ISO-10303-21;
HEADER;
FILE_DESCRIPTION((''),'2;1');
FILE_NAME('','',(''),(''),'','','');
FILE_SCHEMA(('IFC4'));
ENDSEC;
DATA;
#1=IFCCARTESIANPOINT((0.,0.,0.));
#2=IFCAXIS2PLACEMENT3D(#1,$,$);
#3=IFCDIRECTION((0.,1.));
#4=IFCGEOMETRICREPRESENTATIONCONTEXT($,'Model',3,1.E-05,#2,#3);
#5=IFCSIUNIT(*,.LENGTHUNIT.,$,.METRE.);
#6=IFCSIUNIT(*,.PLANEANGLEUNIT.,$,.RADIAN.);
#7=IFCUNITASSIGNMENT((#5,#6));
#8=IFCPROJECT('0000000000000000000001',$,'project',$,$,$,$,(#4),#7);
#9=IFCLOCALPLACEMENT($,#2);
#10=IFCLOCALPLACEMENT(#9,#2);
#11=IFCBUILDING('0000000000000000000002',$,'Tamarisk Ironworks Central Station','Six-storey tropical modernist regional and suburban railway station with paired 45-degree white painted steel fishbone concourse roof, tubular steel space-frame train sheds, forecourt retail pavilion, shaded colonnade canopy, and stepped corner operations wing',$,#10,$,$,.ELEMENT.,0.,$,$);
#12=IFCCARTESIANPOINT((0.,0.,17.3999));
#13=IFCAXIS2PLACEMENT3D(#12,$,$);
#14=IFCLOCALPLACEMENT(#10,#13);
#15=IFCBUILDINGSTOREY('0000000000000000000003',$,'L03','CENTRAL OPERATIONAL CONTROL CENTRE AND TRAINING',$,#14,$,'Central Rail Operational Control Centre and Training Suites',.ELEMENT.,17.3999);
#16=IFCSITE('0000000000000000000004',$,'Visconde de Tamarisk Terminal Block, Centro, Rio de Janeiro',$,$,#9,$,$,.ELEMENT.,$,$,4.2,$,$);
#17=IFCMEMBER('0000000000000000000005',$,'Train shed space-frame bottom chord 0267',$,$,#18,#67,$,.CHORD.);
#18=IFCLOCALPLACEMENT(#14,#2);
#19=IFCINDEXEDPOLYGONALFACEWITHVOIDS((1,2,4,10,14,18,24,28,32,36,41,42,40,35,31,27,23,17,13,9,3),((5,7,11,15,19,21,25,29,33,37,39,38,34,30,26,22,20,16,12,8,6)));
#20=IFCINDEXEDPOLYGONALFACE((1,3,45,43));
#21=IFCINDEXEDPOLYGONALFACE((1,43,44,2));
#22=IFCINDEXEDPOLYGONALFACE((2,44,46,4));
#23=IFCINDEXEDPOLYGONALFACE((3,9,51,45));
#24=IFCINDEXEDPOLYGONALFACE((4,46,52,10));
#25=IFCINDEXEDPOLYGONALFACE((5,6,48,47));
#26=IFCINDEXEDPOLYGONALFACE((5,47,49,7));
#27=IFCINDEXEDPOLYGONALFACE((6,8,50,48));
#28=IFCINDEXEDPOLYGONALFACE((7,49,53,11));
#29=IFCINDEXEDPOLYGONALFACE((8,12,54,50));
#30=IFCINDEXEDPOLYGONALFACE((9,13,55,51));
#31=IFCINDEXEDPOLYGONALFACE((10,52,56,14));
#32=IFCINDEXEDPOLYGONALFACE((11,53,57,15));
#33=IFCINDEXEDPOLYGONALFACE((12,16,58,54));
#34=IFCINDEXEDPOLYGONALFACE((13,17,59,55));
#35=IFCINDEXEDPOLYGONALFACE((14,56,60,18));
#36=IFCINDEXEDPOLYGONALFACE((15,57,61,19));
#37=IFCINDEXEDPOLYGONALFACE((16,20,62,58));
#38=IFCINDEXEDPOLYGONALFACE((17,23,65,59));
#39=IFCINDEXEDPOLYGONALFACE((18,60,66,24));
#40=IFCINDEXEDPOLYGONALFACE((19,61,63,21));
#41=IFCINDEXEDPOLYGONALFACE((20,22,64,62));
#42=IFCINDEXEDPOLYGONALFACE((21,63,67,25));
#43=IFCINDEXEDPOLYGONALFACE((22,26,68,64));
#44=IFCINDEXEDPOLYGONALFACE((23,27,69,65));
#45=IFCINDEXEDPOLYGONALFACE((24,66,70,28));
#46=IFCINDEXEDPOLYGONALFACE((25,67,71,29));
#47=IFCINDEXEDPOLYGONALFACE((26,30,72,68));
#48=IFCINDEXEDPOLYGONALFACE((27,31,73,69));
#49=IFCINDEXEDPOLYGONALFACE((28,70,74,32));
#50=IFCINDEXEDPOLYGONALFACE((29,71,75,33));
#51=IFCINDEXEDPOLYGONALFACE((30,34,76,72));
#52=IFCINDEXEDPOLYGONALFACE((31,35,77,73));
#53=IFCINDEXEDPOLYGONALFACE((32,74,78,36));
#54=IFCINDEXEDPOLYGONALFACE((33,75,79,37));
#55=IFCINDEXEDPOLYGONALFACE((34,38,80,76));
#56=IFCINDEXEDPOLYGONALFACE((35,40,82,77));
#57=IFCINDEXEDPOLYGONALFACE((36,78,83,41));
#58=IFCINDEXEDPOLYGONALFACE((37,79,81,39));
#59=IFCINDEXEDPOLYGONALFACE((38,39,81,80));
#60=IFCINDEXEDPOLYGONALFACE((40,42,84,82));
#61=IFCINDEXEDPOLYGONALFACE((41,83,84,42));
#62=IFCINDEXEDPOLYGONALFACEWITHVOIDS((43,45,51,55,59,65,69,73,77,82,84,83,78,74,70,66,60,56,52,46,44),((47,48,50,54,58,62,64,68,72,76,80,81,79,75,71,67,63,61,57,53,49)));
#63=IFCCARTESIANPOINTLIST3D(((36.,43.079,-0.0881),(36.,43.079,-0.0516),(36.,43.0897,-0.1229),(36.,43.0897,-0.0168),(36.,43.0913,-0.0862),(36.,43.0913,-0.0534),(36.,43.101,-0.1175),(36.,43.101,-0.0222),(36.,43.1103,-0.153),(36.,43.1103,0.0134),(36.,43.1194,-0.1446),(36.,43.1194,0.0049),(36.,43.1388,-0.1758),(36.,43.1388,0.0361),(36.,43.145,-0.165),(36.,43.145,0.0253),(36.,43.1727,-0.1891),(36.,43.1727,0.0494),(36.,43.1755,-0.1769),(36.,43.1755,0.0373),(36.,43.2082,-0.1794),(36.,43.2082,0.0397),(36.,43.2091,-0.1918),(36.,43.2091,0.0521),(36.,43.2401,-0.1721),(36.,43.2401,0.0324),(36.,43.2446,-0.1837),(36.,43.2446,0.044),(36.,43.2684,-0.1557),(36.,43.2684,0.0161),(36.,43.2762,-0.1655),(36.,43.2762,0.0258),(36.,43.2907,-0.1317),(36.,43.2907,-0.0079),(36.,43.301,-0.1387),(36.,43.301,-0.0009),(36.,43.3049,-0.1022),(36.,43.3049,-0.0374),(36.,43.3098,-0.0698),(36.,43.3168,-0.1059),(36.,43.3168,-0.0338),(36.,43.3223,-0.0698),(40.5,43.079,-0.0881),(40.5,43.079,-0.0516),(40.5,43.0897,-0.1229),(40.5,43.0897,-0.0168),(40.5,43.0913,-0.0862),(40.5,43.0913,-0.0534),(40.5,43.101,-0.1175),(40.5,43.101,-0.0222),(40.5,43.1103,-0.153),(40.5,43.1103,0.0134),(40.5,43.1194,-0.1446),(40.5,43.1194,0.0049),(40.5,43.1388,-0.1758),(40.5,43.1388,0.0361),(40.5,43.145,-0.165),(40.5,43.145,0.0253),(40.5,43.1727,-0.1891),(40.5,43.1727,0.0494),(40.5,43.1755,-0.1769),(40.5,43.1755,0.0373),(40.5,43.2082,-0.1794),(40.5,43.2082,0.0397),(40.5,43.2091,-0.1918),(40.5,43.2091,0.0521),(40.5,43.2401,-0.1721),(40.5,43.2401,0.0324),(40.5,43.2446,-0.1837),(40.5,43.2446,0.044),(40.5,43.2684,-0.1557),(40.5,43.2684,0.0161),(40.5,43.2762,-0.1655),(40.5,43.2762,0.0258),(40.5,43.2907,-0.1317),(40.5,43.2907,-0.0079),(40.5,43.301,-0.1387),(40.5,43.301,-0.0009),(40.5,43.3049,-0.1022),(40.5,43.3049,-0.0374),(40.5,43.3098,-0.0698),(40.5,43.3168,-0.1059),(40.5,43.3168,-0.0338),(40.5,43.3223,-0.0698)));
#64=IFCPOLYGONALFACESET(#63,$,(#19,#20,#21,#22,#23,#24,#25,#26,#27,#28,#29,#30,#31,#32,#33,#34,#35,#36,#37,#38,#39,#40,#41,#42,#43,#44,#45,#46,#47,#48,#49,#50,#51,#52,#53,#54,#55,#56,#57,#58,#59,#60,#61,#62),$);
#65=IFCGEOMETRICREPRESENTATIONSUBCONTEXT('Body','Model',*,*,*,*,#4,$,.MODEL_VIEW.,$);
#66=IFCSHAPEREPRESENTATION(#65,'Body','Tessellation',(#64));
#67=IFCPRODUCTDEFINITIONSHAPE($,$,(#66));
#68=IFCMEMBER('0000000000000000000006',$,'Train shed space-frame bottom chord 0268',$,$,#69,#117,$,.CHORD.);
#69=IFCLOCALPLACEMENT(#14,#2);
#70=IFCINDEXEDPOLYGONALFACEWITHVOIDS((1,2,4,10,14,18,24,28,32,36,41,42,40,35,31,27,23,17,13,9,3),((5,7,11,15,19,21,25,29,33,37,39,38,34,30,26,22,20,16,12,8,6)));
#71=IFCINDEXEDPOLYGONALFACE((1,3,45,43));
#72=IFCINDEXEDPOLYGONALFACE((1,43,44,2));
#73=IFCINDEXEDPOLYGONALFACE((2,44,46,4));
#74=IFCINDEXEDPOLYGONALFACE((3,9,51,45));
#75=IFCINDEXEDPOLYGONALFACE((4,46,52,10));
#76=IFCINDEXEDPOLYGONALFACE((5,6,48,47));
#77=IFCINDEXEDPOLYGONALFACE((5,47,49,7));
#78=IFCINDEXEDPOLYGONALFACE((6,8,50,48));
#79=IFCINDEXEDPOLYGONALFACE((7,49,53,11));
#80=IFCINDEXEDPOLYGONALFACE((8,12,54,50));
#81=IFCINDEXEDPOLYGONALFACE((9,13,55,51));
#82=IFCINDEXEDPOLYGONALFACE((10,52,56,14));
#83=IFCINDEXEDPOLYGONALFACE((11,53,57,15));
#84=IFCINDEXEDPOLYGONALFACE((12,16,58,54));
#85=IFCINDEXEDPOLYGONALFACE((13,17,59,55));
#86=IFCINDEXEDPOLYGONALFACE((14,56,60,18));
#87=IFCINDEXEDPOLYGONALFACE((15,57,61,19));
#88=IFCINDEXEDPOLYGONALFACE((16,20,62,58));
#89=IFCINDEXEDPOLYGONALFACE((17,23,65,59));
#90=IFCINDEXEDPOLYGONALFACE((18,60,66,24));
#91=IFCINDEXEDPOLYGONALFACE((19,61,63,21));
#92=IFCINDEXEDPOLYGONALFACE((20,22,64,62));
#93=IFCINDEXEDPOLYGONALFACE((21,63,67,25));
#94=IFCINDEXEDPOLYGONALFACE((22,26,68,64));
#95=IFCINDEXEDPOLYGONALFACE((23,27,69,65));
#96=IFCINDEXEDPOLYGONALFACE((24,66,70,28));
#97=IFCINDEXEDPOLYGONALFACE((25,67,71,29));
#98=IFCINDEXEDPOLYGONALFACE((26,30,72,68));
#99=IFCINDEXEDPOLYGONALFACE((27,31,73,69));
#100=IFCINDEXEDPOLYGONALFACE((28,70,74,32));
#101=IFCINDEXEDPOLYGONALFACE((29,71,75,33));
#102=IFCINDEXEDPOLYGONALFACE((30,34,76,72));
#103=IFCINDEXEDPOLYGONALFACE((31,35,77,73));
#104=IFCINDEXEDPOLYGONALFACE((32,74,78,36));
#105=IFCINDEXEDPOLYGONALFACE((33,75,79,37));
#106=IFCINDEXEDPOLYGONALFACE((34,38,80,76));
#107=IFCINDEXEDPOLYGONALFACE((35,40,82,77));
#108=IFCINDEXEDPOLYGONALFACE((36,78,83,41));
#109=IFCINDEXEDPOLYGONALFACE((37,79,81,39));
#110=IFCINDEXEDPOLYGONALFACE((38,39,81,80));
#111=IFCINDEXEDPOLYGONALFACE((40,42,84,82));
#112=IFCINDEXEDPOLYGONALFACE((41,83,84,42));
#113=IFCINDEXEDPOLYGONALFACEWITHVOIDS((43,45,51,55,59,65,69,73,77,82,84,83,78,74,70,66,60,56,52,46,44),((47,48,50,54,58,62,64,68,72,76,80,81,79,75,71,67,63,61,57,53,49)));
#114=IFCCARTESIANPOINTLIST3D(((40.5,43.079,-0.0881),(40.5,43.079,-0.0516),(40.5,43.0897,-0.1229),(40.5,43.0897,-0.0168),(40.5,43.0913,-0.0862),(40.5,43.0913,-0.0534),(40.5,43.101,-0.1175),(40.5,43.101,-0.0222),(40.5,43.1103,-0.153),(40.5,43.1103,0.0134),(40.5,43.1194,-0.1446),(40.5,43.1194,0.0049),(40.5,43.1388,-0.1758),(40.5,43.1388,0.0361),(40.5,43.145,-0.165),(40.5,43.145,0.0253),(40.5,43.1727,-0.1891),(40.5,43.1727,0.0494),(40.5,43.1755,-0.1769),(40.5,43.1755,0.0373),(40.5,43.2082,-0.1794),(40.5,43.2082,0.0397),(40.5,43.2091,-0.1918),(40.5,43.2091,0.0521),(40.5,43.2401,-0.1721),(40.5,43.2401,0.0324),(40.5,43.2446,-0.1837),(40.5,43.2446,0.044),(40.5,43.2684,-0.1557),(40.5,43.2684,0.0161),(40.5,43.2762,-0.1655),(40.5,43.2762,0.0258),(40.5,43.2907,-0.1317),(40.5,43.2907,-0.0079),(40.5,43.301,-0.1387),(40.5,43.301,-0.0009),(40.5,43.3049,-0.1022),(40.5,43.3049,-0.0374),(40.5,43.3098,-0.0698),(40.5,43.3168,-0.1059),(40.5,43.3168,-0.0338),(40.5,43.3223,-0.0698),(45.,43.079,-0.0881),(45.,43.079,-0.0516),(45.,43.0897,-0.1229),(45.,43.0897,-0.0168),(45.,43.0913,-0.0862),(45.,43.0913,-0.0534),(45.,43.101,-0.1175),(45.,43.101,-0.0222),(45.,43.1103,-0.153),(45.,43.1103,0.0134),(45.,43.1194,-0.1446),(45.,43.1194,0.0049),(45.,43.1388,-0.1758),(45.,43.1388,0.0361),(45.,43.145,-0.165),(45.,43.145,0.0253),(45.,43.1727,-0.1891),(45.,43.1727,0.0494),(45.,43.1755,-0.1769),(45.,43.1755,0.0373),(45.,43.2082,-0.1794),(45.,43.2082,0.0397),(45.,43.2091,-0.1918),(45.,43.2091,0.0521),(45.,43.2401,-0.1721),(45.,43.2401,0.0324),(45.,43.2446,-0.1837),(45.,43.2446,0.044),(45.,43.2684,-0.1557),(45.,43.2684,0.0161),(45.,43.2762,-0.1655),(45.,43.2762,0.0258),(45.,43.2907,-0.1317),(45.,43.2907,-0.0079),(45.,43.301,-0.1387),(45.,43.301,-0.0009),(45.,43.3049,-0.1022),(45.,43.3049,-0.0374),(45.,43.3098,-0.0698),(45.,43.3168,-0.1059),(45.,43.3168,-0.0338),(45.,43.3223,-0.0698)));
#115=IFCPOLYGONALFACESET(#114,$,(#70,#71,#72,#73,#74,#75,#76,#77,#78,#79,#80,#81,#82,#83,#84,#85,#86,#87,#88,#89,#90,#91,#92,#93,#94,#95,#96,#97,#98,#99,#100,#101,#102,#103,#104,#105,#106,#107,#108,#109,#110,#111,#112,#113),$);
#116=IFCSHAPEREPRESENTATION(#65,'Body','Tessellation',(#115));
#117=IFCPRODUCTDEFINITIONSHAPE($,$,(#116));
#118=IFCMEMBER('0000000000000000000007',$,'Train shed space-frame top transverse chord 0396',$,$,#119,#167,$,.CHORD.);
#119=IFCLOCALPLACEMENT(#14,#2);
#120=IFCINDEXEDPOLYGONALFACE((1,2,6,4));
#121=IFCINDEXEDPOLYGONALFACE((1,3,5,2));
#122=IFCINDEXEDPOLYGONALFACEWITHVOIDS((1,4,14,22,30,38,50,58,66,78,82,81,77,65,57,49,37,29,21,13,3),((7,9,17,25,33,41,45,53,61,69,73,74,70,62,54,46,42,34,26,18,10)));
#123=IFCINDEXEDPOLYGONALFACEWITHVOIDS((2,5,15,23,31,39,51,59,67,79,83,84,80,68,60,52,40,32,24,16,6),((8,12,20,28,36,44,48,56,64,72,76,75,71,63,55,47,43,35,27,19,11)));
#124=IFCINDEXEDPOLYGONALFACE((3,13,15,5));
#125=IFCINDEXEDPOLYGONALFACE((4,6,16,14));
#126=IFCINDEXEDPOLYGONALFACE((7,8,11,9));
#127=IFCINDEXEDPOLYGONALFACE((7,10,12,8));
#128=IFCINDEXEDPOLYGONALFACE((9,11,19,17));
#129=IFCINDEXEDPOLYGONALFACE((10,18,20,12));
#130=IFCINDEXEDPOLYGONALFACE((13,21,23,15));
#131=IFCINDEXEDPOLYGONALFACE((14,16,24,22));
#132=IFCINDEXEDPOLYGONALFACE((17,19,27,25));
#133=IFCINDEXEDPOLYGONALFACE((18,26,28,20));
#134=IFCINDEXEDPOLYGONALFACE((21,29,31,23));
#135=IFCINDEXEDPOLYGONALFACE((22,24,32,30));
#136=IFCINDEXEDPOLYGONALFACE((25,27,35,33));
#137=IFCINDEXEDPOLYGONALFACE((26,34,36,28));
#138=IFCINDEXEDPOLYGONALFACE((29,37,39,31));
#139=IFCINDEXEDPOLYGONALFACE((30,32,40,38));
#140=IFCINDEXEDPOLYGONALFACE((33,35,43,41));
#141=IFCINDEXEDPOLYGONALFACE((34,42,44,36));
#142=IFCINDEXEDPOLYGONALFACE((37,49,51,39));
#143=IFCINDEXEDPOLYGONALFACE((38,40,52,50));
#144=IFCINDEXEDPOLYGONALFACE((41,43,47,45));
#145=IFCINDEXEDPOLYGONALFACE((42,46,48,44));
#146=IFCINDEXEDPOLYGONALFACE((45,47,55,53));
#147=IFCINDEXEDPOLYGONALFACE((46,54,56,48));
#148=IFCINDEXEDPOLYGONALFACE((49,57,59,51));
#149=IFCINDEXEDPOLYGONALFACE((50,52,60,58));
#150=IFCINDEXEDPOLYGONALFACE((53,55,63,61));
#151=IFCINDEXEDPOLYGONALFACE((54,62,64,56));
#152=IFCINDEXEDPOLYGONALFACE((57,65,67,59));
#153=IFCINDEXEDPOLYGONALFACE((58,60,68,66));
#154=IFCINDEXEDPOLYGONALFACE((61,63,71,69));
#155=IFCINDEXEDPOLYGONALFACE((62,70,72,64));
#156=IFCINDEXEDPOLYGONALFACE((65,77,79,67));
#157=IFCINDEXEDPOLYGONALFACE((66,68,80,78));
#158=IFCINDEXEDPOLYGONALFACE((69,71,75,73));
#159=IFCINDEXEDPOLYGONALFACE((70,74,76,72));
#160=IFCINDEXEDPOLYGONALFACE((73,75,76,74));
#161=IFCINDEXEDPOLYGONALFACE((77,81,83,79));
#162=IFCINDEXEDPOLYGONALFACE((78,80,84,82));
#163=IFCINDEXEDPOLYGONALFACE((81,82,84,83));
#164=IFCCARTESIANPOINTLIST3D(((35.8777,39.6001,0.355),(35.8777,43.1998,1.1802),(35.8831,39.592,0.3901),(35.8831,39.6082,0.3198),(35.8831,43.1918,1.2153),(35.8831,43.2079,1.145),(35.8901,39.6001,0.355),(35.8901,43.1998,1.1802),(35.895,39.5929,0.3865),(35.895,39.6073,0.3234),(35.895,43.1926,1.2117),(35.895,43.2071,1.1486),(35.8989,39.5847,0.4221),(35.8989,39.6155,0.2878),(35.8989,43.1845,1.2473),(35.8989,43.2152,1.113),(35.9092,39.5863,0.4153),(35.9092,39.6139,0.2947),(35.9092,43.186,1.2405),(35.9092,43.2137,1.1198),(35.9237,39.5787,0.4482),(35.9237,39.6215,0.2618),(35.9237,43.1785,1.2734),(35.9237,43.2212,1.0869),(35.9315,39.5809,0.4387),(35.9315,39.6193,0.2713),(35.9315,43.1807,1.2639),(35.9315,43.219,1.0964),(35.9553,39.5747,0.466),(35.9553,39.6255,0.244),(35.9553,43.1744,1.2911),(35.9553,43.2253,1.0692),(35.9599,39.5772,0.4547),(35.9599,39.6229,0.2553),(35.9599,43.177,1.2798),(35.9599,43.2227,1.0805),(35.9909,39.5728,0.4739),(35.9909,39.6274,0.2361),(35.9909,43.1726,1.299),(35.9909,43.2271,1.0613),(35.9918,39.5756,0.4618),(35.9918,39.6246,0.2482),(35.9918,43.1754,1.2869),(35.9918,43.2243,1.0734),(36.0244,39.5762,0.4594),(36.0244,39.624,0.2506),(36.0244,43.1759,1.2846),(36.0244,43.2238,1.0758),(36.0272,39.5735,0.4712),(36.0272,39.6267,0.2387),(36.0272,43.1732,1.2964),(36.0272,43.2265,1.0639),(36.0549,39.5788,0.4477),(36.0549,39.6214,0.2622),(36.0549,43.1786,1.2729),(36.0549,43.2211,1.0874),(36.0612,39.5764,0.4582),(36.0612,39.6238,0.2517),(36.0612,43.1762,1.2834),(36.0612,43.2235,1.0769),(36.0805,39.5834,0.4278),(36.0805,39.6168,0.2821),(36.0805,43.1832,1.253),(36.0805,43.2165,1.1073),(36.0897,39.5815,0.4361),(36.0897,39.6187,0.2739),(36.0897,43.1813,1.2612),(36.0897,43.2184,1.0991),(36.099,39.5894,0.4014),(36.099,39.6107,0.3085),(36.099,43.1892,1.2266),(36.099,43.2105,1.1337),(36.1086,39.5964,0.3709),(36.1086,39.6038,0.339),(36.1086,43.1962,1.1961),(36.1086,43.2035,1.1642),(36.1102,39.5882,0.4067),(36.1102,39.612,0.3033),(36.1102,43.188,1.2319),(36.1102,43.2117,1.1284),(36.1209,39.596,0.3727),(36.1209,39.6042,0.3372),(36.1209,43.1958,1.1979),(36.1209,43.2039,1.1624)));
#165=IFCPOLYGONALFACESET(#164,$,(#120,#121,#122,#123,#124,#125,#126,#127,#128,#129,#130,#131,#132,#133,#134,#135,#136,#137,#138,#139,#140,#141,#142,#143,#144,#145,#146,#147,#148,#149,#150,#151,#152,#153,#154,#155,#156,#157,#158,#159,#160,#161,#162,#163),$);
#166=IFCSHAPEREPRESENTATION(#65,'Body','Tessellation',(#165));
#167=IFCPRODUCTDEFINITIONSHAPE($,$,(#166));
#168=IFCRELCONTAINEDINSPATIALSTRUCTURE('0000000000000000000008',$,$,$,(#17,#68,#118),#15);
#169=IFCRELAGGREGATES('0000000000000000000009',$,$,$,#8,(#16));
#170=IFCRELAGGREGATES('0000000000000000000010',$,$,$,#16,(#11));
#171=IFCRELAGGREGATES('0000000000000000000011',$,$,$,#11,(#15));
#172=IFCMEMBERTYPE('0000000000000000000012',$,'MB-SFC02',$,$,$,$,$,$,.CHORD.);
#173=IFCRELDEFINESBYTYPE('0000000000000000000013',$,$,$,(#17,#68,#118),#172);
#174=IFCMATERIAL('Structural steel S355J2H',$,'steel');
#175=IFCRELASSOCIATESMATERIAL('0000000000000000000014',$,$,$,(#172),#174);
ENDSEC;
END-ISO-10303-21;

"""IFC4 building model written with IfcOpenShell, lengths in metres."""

from ifc_helpers import new_model, si_unit, direction, frame, origin, origin_2d, place, context, subcontext, project, spatial, hollow_circle, extrude, material, material_profile, profile_set, type_object, element, save


model = new_model("IFC4")

# Units and contexts
model_context = context("Model", 3, precision=1e-05, world=origin(), true_north=direction((0.0, 1.0)))
body_context = subcontext(model_context, "Body", "Model", "MODEL_VIEW")
ifc_project = project(units=[si_unit("LENGTHUNIT", "METRE"), si_unit("PLANEANGLEUNIT", "RADIAN")], contexts=[model_context])

# Site, building, storey
site_placement = place(None, origin())
site = spatial("IfcSite", under=ifc_project, at=site_placement, Name="Visconde de Tamarisk Terminal Block, Centro, Rio de Janeiro", CompositionType="ELEMENT", RefElevation=4.2)
building_placement = place(site_placement, origin())
building = spatial("IfcBuilding", under=site, at=building_placement, Name="Tamarisk Ironworks Central Station", Description="Six-storey tropical modernist regional and suburban railway station with paired 45-degree white painted steel fishbone concourse roof, tubular steel space-frame train sheds, forecourt retail pavilion, shaded colonnade canopy, and stepped corner operations wing", CompositionType="ELEMENT", ElevationOfRefHeight=0.0)
storey_placement = place(building_placement, frame((0.0, 0.0, 17.3999)))
storey = spatial("IfcBuildingStorey", under=building, at=storey_placement, Name="L03", Description="CENTRAL OPERATIONAL CONTROL CENTRE AND TRAINING", LongName="Central Rail Operational Control Centre and Training Suites", CompositionType="ELEMENT", Elevation=17.3999)

# Members
ifc_material = material(Name="Structural steel S355J2H", Category="steel")
ifc_material_profile_1 = material_profile(ifc_material, hollow_circle(Radius=0.1223, WallThickness=0.0125, at=origin_2d()), Name="CHS 244.5x12.5")
ifc_profile_set_1 = profile_set([ifc_material_profile_1], Name="Structural steel S355J2H")
member_type_1 = type_object("IfcMemberType", Name="MB-SFC02", PredefinedType="CHORD", material=ifc_profile_set_1)
for number, where, z_axis, x_axis, name in (
    (1, (36.0, 43.2, -0.0698), (1.0, 0.0, 0.0), (0.0, 1.0, 0.0), "Train shed space-frame bottom chord 0267"),
    (2, (40.5, 43.2, -0.0698), (1.0, 0.0, 0.0), (0.0, 1.0, 0.0), "Train shed space-frame bottom chord 0268"),
):
    element("IfcMember", number, at=place(storey_placement, frame(where, z_axis=z_axis, x_axis=x_axis)), inside=storey, type_object=member_type_1, Name=name, PredefinedType="CHORD", context=body_context, shape_type="SweptSolid", body=[
        extrude(hollow_circle(Radius=0.1223, WallThickness=0.0125, at=origin_2d()), origin(), (0.0, 0.0, 1.0), 4.5),
    ])
member_1_placement = place(storey_placement, frame((36.0, 39.6001, 0.355), z_axis=(0.0, 0.974719, 0.223435), x_axis=(-1.0, 0.0, 0.0)))
element("IfcMember", 3, at=member_1_placement, inside=storey, type_object=member_type_1, Name="Train shed space-frame top transverse chord 0396", PredefinedType="CHORD", context=body_context, shape_type="SweptSolid", body=[
    extrude(hollow_circle(Radius=0.1223, WallThickness=0.0125, at=origin_2d()), origin(), (0.0, 0.0, 1.0), 3.6931),
])

save(model, "model.ifc")
